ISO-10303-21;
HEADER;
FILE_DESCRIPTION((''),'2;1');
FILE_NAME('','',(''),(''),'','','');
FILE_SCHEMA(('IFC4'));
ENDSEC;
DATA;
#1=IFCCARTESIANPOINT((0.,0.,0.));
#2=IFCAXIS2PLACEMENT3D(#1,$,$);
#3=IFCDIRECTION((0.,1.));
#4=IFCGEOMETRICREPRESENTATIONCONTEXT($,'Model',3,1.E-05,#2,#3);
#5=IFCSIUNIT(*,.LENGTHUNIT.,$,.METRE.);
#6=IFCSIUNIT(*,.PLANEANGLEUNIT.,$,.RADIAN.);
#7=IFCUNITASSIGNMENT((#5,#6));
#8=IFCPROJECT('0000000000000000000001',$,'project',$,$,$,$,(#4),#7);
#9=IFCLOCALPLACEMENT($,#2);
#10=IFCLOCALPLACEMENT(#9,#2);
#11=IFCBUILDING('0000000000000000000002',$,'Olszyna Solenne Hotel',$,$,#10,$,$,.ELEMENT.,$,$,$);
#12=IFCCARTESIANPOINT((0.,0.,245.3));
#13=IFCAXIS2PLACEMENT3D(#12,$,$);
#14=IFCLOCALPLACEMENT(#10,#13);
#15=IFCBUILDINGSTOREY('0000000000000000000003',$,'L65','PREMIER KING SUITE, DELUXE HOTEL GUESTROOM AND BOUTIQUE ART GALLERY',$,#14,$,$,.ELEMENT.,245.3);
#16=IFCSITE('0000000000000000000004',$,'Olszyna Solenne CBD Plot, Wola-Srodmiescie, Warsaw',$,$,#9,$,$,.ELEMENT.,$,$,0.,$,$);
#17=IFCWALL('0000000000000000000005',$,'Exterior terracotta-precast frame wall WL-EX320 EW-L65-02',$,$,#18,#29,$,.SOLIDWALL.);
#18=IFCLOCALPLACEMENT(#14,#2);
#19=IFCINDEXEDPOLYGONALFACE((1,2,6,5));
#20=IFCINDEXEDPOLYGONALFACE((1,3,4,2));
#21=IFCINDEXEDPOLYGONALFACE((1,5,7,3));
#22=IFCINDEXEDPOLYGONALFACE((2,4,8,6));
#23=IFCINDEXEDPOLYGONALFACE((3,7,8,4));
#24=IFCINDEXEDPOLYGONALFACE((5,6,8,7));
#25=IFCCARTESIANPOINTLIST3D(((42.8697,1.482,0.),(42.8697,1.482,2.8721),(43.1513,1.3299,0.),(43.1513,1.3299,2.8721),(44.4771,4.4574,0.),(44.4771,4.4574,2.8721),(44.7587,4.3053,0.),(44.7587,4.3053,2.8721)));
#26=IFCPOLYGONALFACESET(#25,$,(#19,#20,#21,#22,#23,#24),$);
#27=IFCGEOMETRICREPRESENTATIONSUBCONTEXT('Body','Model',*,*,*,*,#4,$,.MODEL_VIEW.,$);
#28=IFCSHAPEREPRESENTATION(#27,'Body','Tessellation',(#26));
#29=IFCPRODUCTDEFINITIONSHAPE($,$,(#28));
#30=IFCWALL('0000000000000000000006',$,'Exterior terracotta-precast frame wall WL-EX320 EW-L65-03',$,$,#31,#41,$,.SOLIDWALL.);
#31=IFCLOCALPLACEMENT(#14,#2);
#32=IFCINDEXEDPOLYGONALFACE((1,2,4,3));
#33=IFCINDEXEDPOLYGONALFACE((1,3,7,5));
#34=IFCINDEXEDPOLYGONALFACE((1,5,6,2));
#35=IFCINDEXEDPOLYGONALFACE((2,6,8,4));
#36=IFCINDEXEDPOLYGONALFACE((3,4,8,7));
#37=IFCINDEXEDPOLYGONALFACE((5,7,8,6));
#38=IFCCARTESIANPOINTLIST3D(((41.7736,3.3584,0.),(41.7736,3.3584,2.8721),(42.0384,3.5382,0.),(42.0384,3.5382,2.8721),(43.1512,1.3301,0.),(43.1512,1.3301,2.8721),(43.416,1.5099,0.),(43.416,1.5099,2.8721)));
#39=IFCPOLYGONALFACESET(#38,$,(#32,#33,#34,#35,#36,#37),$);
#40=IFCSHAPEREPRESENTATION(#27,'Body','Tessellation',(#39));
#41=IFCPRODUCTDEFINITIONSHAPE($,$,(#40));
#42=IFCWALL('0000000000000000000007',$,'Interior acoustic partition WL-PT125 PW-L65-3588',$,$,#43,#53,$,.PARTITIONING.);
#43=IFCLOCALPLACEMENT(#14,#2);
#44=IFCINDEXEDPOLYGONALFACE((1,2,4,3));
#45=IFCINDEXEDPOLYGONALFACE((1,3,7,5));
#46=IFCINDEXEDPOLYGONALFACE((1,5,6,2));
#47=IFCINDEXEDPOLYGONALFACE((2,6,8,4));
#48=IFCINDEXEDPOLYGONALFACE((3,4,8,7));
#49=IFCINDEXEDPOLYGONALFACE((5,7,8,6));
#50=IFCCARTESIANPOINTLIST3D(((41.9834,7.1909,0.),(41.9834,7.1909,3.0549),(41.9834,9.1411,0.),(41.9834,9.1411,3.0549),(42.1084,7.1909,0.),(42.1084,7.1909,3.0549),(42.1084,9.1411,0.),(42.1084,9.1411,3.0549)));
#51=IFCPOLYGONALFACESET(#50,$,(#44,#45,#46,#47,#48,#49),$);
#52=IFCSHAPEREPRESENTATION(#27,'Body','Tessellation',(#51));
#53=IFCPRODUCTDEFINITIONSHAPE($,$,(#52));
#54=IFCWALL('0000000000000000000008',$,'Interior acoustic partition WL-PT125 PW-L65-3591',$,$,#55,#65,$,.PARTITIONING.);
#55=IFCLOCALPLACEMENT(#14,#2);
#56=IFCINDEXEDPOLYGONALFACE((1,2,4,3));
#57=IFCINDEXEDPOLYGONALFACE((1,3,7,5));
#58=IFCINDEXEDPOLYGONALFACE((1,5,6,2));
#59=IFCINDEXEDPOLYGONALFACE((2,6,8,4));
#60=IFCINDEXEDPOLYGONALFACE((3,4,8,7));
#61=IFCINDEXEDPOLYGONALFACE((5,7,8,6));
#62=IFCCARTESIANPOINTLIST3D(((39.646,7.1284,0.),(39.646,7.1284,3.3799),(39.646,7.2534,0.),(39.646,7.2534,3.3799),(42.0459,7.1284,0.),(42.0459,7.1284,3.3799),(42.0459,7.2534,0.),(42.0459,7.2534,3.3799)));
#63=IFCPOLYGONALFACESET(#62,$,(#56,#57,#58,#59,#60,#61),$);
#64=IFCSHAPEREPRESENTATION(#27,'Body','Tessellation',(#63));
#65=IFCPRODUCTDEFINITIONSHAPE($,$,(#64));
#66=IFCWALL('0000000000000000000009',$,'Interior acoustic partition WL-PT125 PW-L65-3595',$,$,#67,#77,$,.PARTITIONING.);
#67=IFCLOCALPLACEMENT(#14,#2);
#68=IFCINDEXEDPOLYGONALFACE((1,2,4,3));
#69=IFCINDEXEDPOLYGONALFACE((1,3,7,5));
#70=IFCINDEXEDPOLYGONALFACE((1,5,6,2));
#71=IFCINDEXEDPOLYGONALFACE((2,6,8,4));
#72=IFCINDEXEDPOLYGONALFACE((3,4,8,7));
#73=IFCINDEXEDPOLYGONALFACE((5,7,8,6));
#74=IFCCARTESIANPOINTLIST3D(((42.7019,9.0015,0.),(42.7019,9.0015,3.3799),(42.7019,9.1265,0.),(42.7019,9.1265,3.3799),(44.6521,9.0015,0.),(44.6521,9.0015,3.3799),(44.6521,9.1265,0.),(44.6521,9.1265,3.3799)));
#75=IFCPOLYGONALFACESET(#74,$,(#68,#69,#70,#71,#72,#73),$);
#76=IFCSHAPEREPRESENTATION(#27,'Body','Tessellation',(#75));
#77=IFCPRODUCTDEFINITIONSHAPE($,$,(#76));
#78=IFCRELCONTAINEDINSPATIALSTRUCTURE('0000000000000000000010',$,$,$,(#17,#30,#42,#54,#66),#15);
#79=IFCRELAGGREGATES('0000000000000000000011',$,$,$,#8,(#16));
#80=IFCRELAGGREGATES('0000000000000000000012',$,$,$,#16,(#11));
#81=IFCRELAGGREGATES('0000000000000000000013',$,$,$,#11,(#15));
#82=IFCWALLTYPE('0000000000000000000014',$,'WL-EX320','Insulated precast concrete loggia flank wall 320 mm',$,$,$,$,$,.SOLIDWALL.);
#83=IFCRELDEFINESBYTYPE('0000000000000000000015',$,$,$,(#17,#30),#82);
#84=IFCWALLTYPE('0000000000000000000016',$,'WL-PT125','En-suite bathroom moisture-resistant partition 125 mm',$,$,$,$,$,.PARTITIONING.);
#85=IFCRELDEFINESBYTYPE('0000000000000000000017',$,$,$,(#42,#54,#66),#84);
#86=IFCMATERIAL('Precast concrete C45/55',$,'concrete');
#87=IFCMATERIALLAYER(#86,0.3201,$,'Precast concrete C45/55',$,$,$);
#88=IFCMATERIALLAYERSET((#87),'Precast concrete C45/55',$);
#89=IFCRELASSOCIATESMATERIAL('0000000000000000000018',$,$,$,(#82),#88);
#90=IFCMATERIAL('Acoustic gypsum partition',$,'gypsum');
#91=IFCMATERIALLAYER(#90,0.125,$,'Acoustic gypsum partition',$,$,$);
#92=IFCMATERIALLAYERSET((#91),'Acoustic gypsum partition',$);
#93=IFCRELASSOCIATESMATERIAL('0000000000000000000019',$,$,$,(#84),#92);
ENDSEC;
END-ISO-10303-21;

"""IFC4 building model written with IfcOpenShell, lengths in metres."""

from ifc_helpers import new_model, si_unit, direction, frame, frame_2d, origin, place, context, subcontext, project, spatial, rectangle, extrude, material, layer, layer_set, type_object, element, save


model = new_model("IFC4")

# Units and contexts
model_context = context("Model", 3, precision=1e-05, world=origin(), true_north=direction((0.0, 1.0)))
body_context = subcontext(model_context, "Body", "Model", "MODEL_VIEW")
ifc_project = project(units=[si_unit("LENGTHUNIT", "METRE"), si_unit("PLANEANGLEUNIT", "RADIAN")], contexts=[model_context])

# Site, building, storey
site_placement = place(None, origin())
site = spatial("IfcSite", under=ifc_project, at=site_placement, Name="Olszyna Solenne CBD Plot, Wola-Srodmiescie, Warsaw", CompositionType="ELEMENT", RefElevation=0.0)
building_placement = place(site_placement, origin())
building = spatial("IfcBuilding", under=site, at=building_placement, Name="Olszyna Solenne Hotel", CompositionType="ELEMENT")
storey_placement = place(building_placement, frame((0.0, 0.0, 245.3)))
storey = spatial("IfcBuildingStorey", under=building, at=storey_placement, Name="L65", Description="PREMIER KING SUITE, DELUXE HOTEL GUESTROOM AND BOUTIQUE ART GALLERY", CompositionType="ELEMENT", Elevation=245.3)

# Walls
ifc_material_1 = material(Name="Precast concrete C45/55", Category="concrete")
ifc_layer_1 = layer(ifc_material_1, 0.3201, Name="Precast concrete C45/55")
ifc_layer_set_1 = layer_set([ifc_layer_1], Name="Precast concrete C45/55")
wall_type_1 = type_object("IfcWallType", Name="WL-EX320", Description="Insulated precast concrete loggia flank wall 320 mm", PredefinedType="SOLIDWALL", material=ifc_layer_set_1)
wall_1_placement = place(storey_placement, frame((44.6179, 4.3813, 0.0), z_axis=(0.0, 0.0, 1.0), x_axis=(-0.475318, -0.879814, 0.0)))
element("IfcWall", 1, at=wall_1_placement, inside=storey, type_object=wall_type_1, Name="Exterior terracotta-precast frame wall WL-EX320 EW-L65-02", PredefinedType="SOLIDWALL", context=body_context, shape_type="SweptSolid", body=[
    extrude(rectangle(XDim=3.3818, YDim=0.3201, at=frame_2d((1.6909, 0.0))), origin(), (0.0, 0.0, 1.0), 2.8721),
])
wall_2_placement = place(storey_placement, frame((43.2837, 1.4199, 0.0), z_axis=(0.0, 0.0, 1.0), x_axis=(-0.561871, 0.827225, 0.0)))
element("IfcWall", 2, at=wall_2_placement, inside=storey, type_object=wall_type_1, Name="Exterior terracotta-precast frame wall WL-EX320 EW-L65-03", PredefinedType="SOLIDWALL", context=body_context, shape_type="SweptSolid", body=[
    extrude(rectangle(XDim=2.4519, YDim=0.3201, at=frame_2d((1.2261, 0.0))), origin(), (0.0, 0.0, 1.0), 2.8721),
])
ifc_material_2 = material(Name="Acoustic gypsum partition", Category="gypsum")
ifc_layer_2 = layer(ifc_material_2, 0.125, Name="Acoustic gypsum partition")
ifc_layer_set_2 = layer_set([ifc_layer_2], Name="Acoustic gypsum partition")
wall_type_2 = type_object("IfcWallType", Name="WL-PT125", Description="En-suite bathroom moisture-resistant partition 125 mm", PredefinedType="PARTITIONING", material=ifc_layer_set_2)
wall_3_placement = place(storey_placement, frame((42.0459, 7.1909, 0.0), z_axis=(0.0, 0.0, 1.0), x_axis=(0.0, 1.0, 0.0)))
element("IfcWall", 3, at=wall_3_placement, inside=storey, type_object=wall_type_2, Name="Interior acoustic partition WL-PT125 PW-L65-3588", PredefinedType="PARTITIONING", context=body_context, shape_type="SweptSolid", body=[
    extrude(rectangle(XDim=1.9502, YDim=0.125, at=frame_2d((0.9751, 0.0))), origin(), (0.0, 0.0, 1.0), 3.0549),
])
wall_4_placement = place(storey_placement, frame((39.646, 7.1909, 0.0), z_axis=(0.0, 0.0, 1.0), x_axis=(1.0, 0.0, 0.0)))
element("IfcWall", 4, at=wall_4_placement, inside=storey, type_object=wall_type_2, Name="Interior acoustic partition WL-PT125 PW-L65-3591", PredefinedType="PARTITIONING", context=body_context, shape_type="SweptSolid", body=[
    extrude(rectangle(XDim=2.3999, YDim=0.125, at=frame_2d((1.2, 0.0))), origin(), (0.0, 0.0, 1.0), 3.3799),
])
wall_5_placement = place(storey_placement, frame((42.7019, 9.064, 0.0), z_axis=(0.0, 0.0, 1.0), x_axis=(1.0, 0.0, 0.0)))
element("IfcWall", 5, at=wall_5_placement, inside=storey, type_object=wall_type_2, Name="Interior acoustic partition WL-PT125 PW-L65-3595", PredefinedType="PARTITIONING", context=body_context, shape_type="SweptSolid", body=[
    extrude(rectangle(XDim=1.9502, YDim=0.125, at=frame_2d((0.9751, 0.0))), origin(), (0.0, 0.0, 1.0), 3.3799),
])

save(model, "model.ifc")
